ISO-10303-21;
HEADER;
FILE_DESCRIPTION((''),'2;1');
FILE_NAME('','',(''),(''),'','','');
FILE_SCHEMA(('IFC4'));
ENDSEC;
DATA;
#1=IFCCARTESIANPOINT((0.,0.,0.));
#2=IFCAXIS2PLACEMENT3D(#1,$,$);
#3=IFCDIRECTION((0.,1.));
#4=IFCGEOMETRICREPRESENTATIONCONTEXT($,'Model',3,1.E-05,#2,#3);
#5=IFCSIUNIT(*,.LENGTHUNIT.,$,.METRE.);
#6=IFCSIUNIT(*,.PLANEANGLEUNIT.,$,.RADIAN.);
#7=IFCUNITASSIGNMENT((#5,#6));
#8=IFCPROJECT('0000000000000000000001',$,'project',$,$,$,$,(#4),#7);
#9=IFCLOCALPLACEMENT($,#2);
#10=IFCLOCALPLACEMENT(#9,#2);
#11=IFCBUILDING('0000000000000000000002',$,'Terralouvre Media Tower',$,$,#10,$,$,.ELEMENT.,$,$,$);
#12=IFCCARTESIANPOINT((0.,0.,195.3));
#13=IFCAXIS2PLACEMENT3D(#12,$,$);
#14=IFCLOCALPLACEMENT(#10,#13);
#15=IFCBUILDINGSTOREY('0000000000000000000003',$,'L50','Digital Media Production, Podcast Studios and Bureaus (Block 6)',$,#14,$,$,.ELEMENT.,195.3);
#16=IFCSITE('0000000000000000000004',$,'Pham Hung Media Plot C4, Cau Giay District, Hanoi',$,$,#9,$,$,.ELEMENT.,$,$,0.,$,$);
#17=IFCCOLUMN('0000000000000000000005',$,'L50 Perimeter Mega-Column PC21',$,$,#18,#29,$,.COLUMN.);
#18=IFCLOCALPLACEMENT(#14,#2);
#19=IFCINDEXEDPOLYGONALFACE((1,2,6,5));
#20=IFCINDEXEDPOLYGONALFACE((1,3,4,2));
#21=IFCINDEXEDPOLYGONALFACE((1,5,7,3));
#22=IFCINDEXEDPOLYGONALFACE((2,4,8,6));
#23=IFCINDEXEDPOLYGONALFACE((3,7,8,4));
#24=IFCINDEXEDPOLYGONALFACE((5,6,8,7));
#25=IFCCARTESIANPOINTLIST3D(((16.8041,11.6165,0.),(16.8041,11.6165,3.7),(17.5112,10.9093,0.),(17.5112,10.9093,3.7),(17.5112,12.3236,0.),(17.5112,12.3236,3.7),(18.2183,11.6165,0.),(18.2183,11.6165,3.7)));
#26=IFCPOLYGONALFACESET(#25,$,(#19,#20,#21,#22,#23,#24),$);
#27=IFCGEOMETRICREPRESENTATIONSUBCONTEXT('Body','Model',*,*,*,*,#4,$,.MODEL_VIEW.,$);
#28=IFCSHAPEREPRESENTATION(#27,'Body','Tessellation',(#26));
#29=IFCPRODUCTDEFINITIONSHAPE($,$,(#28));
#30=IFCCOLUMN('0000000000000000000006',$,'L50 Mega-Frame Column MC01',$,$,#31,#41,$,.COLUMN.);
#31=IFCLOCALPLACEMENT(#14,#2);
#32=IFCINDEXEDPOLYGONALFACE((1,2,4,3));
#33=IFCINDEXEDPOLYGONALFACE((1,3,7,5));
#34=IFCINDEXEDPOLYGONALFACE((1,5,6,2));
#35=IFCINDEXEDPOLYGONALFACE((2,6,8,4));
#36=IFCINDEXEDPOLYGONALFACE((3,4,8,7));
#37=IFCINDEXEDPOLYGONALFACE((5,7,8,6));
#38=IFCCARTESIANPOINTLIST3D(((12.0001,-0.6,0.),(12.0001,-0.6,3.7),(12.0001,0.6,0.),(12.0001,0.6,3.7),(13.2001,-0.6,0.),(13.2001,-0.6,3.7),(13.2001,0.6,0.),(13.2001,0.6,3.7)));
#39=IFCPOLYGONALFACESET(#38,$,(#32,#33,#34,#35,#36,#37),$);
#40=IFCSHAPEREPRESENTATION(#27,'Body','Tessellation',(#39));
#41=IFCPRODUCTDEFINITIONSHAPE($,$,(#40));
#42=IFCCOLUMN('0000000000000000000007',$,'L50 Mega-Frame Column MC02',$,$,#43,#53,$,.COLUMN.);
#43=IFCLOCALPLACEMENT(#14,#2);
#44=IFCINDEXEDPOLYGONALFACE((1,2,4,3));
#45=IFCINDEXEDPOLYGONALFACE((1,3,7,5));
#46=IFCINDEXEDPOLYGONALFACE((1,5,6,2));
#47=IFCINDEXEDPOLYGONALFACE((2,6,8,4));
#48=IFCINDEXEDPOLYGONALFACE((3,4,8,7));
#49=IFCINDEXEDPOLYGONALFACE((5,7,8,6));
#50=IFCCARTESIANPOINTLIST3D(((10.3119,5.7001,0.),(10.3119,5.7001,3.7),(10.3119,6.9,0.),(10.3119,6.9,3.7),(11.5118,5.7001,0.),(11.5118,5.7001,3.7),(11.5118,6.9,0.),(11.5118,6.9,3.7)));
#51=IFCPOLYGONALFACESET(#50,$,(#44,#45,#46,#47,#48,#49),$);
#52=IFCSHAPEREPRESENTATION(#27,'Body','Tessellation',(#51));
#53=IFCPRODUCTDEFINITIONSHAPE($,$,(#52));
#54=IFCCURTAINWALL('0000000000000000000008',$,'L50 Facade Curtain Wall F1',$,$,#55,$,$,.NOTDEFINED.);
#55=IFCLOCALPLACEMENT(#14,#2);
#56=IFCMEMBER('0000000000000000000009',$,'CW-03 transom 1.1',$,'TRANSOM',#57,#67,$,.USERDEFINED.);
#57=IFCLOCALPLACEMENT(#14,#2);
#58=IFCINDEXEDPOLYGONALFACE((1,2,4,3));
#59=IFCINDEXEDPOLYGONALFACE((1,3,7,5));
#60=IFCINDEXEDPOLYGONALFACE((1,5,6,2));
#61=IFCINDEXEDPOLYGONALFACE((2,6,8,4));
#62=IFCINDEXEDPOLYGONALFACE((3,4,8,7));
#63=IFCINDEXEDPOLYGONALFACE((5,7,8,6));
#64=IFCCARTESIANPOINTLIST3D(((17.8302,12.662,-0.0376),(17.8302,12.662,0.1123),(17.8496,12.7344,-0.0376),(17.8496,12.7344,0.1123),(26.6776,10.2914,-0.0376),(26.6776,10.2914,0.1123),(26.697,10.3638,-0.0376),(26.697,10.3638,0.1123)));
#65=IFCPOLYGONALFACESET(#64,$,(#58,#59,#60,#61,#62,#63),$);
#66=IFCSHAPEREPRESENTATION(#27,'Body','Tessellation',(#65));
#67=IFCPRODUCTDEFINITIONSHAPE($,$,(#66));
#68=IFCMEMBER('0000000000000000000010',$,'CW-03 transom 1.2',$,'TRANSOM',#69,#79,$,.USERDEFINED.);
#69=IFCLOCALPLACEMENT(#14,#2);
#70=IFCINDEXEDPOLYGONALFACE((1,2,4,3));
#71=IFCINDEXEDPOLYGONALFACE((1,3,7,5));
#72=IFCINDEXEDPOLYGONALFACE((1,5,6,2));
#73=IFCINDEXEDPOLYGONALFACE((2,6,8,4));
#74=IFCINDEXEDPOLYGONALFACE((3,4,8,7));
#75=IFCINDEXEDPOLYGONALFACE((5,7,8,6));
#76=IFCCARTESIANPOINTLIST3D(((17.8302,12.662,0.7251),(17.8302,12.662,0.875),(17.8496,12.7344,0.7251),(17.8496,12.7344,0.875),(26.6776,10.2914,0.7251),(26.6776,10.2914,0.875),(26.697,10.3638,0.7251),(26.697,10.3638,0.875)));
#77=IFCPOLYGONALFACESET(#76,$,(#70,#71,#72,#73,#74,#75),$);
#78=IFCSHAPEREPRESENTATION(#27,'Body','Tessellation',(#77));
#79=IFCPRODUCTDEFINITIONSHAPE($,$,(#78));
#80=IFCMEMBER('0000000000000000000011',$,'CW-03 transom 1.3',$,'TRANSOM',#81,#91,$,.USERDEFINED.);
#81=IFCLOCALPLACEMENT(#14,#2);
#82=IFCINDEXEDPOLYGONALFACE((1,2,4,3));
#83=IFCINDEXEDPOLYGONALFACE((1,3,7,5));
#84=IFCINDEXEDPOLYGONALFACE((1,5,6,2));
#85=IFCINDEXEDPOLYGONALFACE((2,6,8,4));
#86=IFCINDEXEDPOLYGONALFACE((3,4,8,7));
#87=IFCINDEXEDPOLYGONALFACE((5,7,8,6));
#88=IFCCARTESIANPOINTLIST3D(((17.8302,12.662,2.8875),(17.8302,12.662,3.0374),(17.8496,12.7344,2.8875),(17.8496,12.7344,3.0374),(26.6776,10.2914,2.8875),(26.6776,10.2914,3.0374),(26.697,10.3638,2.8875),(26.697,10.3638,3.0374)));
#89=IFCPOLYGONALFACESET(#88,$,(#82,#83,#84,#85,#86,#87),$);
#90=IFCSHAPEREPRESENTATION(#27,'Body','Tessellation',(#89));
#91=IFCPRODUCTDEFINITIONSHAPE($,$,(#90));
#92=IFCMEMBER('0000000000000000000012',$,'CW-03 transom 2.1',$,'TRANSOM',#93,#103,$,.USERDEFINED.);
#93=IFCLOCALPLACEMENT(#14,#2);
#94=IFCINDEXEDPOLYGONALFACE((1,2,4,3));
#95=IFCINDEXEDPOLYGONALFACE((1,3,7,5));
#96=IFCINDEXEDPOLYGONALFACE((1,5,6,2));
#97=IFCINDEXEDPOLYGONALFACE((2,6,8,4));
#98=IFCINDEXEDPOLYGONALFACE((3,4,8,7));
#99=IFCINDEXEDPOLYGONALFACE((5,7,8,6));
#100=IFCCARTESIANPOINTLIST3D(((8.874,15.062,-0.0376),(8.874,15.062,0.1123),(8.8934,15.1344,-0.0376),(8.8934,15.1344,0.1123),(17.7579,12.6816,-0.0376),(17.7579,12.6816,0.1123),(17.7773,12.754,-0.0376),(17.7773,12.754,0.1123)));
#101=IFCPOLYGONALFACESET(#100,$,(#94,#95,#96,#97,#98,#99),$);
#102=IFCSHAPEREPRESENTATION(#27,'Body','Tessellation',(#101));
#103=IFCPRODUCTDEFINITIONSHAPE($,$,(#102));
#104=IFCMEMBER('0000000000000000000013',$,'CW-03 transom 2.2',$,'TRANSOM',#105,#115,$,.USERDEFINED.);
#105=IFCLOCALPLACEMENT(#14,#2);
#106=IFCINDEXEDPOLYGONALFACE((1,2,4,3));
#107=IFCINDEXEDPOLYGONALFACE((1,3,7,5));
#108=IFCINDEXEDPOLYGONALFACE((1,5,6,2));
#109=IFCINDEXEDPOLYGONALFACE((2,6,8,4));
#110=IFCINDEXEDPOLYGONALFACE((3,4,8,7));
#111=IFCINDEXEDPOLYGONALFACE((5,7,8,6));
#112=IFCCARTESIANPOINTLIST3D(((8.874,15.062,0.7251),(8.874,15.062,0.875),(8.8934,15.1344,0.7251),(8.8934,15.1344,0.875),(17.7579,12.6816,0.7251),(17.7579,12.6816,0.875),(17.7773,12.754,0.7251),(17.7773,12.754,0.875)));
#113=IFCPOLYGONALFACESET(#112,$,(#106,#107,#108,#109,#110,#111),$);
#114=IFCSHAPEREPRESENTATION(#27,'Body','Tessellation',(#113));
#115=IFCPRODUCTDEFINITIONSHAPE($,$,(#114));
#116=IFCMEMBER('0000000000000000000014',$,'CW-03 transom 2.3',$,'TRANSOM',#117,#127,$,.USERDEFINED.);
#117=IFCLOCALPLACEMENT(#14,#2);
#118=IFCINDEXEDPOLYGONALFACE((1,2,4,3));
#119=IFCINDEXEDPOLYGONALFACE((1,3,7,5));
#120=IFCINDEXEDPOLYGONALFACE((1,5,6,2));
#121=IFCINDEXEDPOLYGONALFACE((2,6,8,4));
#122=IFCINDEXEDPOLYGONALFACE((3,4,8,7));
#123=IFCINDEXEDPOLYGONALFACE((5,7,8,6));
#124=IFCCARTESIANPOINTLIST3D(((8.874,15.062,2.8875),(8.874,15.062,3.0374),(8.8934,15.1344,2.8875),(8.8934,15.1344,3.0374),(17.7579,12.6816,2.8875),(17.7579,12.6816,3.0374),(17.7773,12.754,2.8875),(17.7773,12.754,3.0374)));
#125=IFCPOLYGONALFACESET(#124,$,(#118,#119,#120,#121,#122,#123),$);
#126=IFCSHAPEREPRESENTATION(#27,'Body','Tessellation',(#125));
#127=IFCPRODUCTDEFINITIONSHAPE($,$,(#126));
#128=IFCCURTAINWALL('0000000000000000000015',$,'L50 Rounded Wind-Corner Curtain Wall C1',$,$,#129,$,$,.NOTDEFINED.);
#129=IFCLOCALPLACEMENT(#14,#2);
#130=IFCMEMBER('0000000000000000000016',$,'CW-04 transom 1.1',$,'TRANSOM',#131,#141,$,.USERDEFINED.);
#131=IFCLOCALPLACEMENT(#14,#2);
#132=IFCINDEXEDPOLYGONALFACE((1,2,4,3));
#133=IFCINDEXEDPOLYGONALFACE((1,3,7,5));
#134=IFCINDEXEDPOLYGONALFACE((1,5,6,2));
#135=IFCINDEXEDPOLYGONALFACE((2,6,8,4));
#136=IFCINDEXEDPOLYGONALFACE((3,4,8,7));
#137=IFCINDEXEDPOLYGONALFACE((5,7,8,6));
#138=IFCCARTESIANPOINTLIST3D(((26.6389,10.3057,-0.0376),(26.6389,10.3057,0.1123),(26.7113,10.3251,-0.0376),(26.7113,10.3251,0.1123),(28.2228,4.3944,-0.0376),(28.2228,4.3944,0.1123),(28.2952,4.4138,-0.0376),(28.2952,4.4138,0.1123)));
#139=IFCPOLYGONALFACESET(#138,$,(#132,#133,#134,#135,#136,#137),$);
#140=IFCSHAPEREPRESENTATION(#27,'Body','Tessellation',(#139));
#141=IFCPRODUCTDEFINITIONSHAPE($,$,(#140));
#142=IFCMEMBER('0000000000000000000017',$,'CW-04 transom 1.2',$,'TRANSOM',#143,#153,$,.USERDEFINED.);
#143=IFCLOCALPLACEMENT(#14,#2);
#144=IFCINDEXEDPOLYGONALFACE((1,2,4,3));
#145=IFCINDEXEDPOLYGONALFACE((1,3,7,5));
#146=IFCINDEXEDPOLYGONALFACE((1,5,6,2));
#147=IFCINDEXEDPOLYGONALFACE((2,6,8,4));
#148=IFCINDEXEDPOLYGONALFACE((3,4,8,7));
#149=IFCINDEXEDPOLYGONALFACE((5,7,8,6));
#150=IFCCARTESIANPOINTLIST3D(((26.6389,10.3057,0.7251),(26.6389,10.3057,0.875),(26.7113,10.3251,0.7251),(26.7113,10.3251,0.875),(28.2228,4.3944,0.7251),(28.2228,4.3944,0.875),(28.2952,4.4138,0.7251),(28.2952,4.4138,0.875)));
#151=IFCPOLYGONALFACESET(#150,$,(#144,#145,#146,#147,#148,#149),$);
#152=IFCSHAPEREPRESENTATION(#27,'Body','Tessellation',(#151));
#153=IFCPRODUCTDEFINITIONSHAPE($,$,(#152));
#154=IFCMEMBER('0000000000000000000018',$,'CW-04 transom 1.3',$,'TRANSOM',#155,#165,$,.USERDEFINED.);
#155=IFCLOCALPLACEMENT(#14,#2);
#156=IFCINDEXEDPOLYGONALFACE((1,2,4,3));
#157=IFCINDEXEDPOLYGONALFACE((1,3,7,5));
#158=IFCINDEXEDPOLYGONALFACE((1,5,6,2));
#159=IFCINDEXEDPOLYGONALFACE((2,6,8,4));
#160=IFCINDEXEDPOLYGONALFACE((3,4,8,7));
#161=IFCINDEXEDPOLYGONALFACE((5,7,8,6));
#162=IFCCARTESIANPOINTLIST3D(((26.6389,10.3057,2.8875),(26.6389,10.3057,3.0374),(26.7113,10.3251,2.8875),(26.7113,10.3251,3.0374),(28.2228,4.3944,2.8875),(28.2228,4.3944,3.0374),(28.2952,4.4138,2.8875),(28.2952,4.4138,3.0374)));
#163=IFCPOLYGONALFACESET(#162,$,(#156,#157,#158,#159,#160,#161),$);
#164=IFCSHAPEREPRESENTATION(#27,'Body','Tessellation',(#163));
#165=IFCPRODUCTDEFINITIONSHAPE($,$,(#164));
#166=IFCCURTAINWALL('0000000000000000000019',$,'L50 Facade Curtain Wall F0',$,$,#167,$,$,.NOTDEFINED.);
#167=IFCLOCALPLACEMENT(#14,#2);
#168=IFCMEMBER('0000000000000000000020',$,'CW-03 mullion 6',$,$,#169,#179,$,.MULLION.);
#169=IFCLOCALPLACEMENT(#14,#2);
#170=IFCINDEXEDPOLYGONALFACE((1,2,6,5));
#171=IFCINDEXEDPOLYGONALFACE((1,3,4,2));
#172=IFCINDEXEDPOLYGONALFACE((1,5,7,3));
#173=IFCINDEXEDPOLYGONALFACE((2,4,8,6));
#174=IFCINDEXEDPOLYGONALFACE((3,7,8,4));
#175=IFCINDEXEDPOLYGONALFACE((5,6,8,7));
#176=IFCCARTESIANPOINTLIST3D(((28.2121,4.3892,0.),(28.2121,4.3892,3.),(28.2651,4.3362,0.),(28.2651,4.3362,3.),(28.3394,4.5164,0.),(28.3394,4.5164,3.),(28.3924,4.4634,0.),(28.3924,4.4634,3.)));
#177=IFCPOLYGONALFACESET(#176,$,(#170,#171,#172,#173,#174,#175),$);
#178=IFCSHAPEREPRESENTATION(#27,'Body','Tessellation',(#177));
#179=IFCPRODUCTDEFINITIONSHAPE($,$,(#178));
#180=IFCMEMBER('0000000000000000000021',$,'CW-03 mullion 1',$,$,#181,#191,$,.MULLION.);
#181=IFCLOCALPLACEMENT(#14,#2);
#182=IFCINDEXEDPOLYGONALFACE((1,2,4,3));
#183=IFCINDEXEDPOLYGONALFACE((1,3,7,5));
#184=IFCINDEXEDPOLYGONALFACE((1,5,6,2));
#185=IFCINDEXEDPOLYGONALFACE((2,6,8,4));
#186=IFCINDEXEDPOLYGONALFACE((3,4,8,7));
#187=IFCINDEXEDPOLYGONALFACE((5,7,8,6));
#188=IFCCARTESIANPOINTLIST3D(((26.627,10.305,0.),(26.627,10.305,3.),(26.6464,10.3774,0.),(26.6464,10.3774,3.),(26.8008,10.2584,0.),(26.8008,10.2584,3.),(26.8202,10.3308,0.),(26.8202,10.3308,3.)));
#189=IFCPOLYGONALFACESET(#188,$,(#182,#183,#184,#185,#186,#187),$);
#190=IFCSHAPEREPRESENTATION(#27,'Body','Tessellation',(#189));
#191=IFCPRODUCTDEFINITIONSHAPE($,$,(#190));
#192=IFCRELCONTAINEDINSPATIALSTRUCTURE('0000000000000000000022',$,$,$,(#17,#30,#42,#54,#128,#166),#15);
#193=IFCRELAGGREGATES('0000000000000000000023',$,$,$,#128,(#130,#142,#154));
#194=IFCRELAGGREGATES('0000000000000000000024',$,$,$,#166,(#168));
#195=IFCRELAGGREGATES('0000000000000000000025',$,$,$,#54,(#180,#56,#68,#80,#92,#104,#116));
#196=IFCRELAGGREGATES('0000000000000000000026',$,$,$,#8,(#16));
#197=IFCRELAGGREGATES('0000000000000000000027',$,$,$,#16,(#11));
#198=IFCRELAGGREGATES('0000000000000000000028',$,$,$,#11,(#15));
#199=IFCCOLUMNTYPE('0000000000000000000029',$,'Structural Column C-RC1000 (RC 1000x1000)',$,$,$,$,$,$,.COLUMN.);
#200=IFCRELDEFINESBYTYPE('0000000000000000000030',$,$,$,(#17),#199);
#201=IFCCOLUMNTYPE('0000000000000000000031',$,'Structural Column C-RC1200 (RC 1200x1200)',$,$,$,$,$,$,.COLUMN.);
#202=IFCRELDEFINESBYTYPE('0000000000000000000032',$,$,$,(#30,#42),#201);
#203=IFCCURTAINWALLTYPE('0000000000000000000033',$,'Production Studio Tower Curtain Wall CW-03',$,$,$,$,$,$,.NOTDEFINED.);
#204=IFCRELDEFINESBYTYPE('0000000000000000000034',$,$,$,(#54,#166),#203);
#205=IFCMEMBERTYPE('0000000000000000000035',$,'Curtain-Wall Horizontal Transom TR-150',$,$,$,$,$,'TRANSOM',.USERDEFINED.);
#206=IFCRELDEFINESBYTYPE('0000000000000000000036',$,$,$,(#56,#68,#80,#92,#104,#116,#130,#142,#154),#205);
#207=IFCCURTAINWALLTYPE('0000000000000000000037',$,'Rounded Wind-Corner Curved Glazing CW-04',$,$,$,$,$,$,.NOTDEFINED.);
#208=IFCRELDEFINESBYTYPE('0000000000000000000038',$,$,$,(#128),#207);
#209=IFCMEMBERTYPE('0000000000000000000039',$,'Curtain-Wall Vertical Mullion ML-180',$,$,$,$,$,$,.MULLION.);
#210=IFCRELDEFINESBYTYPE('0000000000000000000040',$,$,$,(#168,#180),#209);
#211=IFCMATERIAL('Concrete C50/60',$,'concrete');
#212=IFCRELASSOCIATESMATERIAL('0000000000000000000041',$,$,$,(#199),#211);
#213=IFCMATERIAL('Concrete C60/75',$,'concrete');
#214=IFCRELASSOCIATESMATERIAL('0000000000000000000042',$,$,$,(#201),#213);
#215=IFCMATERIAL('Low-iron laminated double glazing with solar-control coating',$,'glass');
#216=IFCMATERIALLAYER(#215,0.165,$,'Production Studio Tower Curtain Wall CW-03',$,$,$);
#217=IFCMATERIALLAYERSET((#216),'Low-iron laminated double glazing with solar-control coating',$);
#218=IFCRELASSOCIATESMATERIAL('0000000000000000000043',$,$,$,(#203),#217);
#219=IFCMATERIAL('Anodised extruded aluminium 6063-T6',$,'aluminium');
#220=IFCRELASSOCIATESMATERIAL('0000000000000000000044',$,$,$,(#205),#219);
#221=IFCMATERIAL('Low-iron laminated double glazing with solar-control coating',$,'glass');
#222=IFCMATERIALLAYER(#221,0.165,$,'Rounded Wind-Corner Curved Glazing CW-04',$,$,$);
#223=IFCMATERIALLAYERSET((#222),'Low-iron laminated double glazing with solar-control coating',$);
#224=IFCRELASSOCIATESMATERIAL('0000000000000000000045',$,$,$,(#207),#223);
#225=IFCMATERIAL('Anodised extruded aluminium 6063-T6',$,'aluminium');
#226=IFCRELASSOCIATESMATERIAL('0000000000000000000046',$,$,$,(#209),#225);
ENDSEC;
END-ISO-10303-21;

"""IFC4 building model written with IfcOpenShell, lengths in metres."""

from ifc_helpers import new_model, si_unit, direction, frame, origin, origin_2d, place, context, subcontext, project, spatial, rectangle, extrude, material, layer, layer_set, material_profile, profile_set, type_object, element, aggregate, save


model = new_model("IFC4")

# Units and contexts
model_context = context("Model", 3, precision=1e-05, world=origin(), true_north=direction((0.0, 1.0)))
body_context = subcontext(model_context, "Body", "Model", "MODEL_VIEW")
ifc_project = project(units=[si_unit("LENGTHUNIT", "METRE"), si_unit("PLANEANGLEUNIT", "RADIAN")], contexts=[model_context])

# Site, building, storey
site_placement = place(None, origin())
site = spatial("IfcSite", under=ifc_project, at=site_placement, Name="Pham Hung Media Plot C4, Cau Giay District, Hanoi", CompositionType="ELEMENT", RefElevation=0.0)
building_placement = place(site_placement, origin())
building = spatial("IfcBuilding", under=site, at=building_placement, Name="Terralouvre Media Tower", CompositionType="ELEMENT")
storey_placement = place(building_placement, frame((0.0, 0.0, 195.3)))
storey = spatial("IfcBuildingStorey", under=building, at=storey_placement, Name="L50", Description="Digital Media Production, Podcast Studios and Bureaus (Block 6)", CompositionType="ELEMENT", Elevation=195.3)

# Columns
ifc_material_1 = material(Name="Concrete C50/60", Category="concrete")
ifc_material_profile_1 = material_profile(ifc_material_1, rectangle(XDim=1.0, YDim=1.0, at=origin_2d()), Name="RC 1000x1000")
ifc_profile_set_1 = profile_set([ifc_material_profile_1], Name="Concrete C50/60")
column_type_1 = type_object("IfcColumnType", Name="Structural Column C-RC1000 (RC 1000x1000)", PredefinedType="COLUMN", material=ifc_profile_set_1)
column_placement = place(storey_placement, frame((17.5112, 11.6165, 0.0), z_axis=(0.0, 0.0, 1.0), x_axis=(0.707107, 0.707107, 0.0)))
element("IfcColumn", 1, at=column_placement, inside=storey, type_object=column_type_1, Name="L50 Perimeter Mega-Column PC21", PredefinedType="COLUMN", context=body_context, shape_type="SweptSolid", body=[
    extrude(rectangle(XDim=1.0, YDim=1.0, at=origin_2d()), origin(), (0.0, 0.0, 1.0), 3.7),
])
ifc_material_2 = material(Name="Concrete C60/75", Category="concrete")
ifc_material_profile_2 = material_profile(ifc_material_2, rectangle(XDim=1.2, YDim=1.2, at=origin_2d()), Name="RC 1200x1200")
ifc_profile_set_2 = profile_set([ifc_material_profile_2], Name="Concrete C60/75")
column_type_2 = type_object("IfcColumnType", Name="Structural Column C-RC1200 (RC 1200x1200)", PredefinedType="COLUMN", material=ifc_profile_set_2)
for number, where, z_axis, x_axis, name in (
    (2, (12.6001, 0.0, 0.0), (0.0, 0.0, 1.0), (1.0, 0.0, 0.0), "L50 Mega-Frame Column MC01"),
    (3, (10.9119, 6.3, 0.0), (0.0, 0.0, 1.0), (1.0, 0.0, 0.0), "L50 Mega-Frame Column MC02"),
):
    element("IfcColumn", number, at=place(storey_placement, frame(where, z_axis=z_axis, x_axis=x_axis)), inside=storey, type_object=column_type_2, Name=name, PredefinedType="COLUMN", context=body_context, shape_type="SweptSolid", body=[
        extrude(rectangle(XDim=1.2, YDim=1.2, at=origin_2d()), origin(), (0.0, 0.0, 1.0), 3.7),
    ])

# Curtain walls, members
ifc_material_3 = material(Name="Low-iron laminated double glazing with solar-control coating", Category="glass")
ifc_layer_1 = layer(ifc_material_3, 0.165, Name="Production Studio Tower Curtain Wall CW-03")
ifc_layer_set_1 = layer_set([ifc_layer_1], Name="Low-iron laminated double glazing with solar-control coating")
curtain_wall_type_1 = type_object("IfcCurtainWallType", Name="Production Studio Tower Curtain Wall CW-03", PredefinedType="NOTDEFINED", material=ifc_layer_set_1)
curtain_wall_1_placement = place(storey_placement, origin())
curtain_wall_1 = element("IfcCurtainWall", 4, at=curtain_wall_1_placement, inside=storey, type_object=curtain_wall_type_1, Name="L50 Facade Curtain Wall F1", PredefinedType="NOTDEFINED")
ifc_material_4 = material(Name="Anodised extruded aluminium 6063-T6", Category="aluminium")
ifc_material_profile_3 = material_profile(ifc_material_4, rectangle(XDim=0.075, YDim=0.1499, at=origin_2d()), Name="ALU 75x150")
ifc_profile_set_3 = profile_set([ifc_material_profile_3], Name="Anodised extruded aluminium 6063-T6")
member_type_1 = type_object("IfcMemberType", Name="Curtain-Wall Horizontal Transom TR-150", ElementType="TRANSOM", PredefinedType="USERDEFINED", material=ifc_profile_set_3)
member_1_placement = place(storey_placement, frame((26.6873, 10.3276, 0.0374), z_axis=(-0.965927, 0.258814, 0.0), x_axis=(-0.258814, -0.965927, 0.0)))
member_1 = element("IfcMember", 5, at=member_1_placement, type_object=member_type_1, Name="CW-03 transom 1.1", ObjectType="TRANSOM", PredefinedType="USERDEFINED", context=body_context, shape_type="SweptSolid", body=[
    extrude(rectangle(XDim=0.075, YDim=0.1499, at=origin_2d()), origin(), (0.0, 0.0, 1.0), 9.1594),
])
member_2_placement = place(storey_placement, frame((26.6873, 10.3276, 0.8), z_axis=(-0.965927, 0.258814, 0.0), x_axis=(-0.258814, -0.965927, 0.0)))
member_2 = element("IfcMember", 6, at=member_2_placement, type_object=member_type_1, Name="CW-03 transom 1.2", ObjectType="TRANSOM", PredefinedType="USERDEFINED", context=body_context, shape_type="SweptSolid", body=[
    extrude(rectangle(XDim=0.075, YDim=0.1499, at=origin_2d()), origin(), (0.0, 0.0, 1.0), 9.1594),
])
member_3_placement = place(storey_placement, frame((26.6873, 10.3276, 2.9624), z_axis=(-0.965927, 0.258814, 0.0), x_axis=(-0.258814, -0.965927, 0.0)))
member_3 = element("IfcMember", 7, at=member_3_placement, type_object=member_type_1, Name="CW-03 transom 1.3", ObjectType="TRANSOM", PredefinedType="USERDEFINED", context=body_context, shape_type="SweptSolid", body=[
    extrude(rectangle(XDim=0.075, YDim=0.1499, at=origin_2d()), origin(), (0.0, 0.0, 1.0), 9.1594),
])
member_4_placement = place(storey_placement, frame((17.7676, 12.7178, 0.0374), z_axis=(-0.965927, 0.258816, 0.0), x_axis=(-0.258816, -0.965927, 0.0)))
member_4 = element("IfcMember", 8, at=member_4_placement, type_object=member_type_1, Name="CW-03 transom 2.1", ObjectType="TRANSOM", PredefinedType="USERDEFINED", context=body_context, shape_type="SweptSolid", body=[
    extrude(rectangle(XDim=0.075, YDim=0.1499, at=origin_2d()), origin(), (0.0, 0.0, 1.0), 9.1973),
])
member_5_placement = place(storey_placement, frame((17.7676, 12.7178, 0.8), z_axis=(-0.965927, 0.258816, 0.0), x_axis=(-0.258816, -0.965927, 0.0)))
member_5 = element("IfcMember", 9, at=member_5_placement, type_object=member_type_1, Name="CW-03 transom 2.2", ObjectType="TRANSOM", PredefinedType="USERDEFINED", context=body_context, shape_type="SweptSolid", body=[
    extrude(rectangle(XDim=0.075, YDim=0.1499, at=origin_2d()), origin(), (0.0, 0.0, 1.0), 9.1973),
])
member_6_placement = place(storey_placement, frame((17.7676, 12.7178, 2.9624), z_axis=(-0.965927, 0.258816, 0.0), x_axis=(-0.258816, -0.965927, 0.0)))
member_6 = element("IfcMember", 10, at=member_6_placement, type_object=member_type_1, Name="CW-03 transom 2.3", ObjectType="TRANSOM", PredefinedType="USERDEFINED", context=body_context, shape_type="SweptSolid", body=[
    extrude(rectangle(XDim=0.075, YDim=0.1499, at=origin_2d()), origin(), (0.0, 0.0, 1.0), 9.1973),
])
ifc_material_5 = material(Name="Low-iron laminated double glazing with solar-control coating", Category="glass")
ifc_layer_2 = layer(ifc_material_5, 0.165, Name="Rounded Wind-Corner Curved Glazing CW-04")
ifc_layer_set_2 = layer_set([ifc_layer_2], Name="Low-iron laminated double glazing with solar-control coating")
curtain_wall_type_2 = type_object("IfcCurtainWallType", Name="Rounded Wind-Corner Curved Glazing CW-04", PredefinedType="NOTDEFINED", material=ifc_layer_set_2)
curtain_wall_2_placement = place(storey_placement, origin())
curtain_wall_2 = element("IfcCurtainWall", 11, at=curtain_wall_2_placement, inside=storey, type_object=curtain_wall_type_2, Name="L50 Rounded Wind-Corner Curtain Wall C1", PredefinedType="NOTDEFINED")
member_7_placement = place(storey_placement, frame((28.259, 4.4041, 0.0374), z_axis=(-0.258824, 0.965924, 0.0), x_axis=(-0.965924, -0.258824, 0.0)))
member_7 = element("IfcMember", 12, at=member_7_placement, type_object=member_type_1, Name="CW-04 transom 1.1", ObjectType="TRANSOM", PredefinedType="USERDEFINED", context=body_context, shape_type="SweptSolid", body=[
    extrude(rectangle(XDim=0.075, YDim=0.1499, at=origin_2d()), origin(), (0.0, 0.0, 1.0), 6.1199),
])
member_8_placement = place(storey_placement, frame((28.259, 4.4041, 0.8), z_axis=(-0.258824, 0.965924, 0.0), x_axis=(-0.965924, -0.258824, 0.0)))
member_8 = element("IfcMember", 13, at=member_8_placement, type_object=member_type_1, Name="CW-04 transom 1.2", ObjectType="TRANSOM", PredefinedType="USERDEFINED", context=body_context, shape_type="SweptSolid", body=[
    extrude(rectangle(XDim=0.075, YDim=0.1499, at=origin_2d()), origin(), (0.0, 0.0, 1.0), 6.1199),
])
member_9_placement = place(storey_placement, frame((28.259, 4.4041, 2.9624), z_axis=(-0.258824, 0.965924, 0.0), x_axis=(-0.965924, -0.258824, 0.0)))
member_9 = element("IfcMember", 14, at=member_9_placement, type_object=member_type_1, Name="CW-04 transom 1.3", ObjectType="TRANSOM", PredefinedType="USERDEFINED", context=body_context, shape_type="SweptSolid", body=[
    extrude(rectangle(XDim=0.075, YDim=0.1499, at=origin_2d()), origin(), (0.0, 0.0, 1.0), 6.1199),
])

# Curtain wall, member
curtain_wall_3_placement = place(storey_placement, origin())
curtain_wall_3 = element("IfcCurtainWall", 15, at=curtain_wall_3_placement, inside=storey, type_object=curtain_wall_type_1, Name="L50 Facade Curtain Wall F0", PredefinedType="NOTDEFINED")
ifc_material_6 = material(Name="Anodised extruded aluminium 6063-T6", Category="aluminium")
ifc_material_profile_4 = material_profile(ifc_material_6, rectangle(XDim=0.075, YDim=0.1799, at=origin_2d()), Name="ALU 75x180")
ifc_profile_set_4 = profile_set([ifc_material_profile_4], Name="Anodised extruded aluminium 6063-T6")
member_type_2 = type_object("IfcMemberType", Name="Curtain-Wall Vertical Mullion ML-180", PredefinedType="MULLION", material=ifc_profile_set_4)
member_10_placement = place(storey_placement, frame((28.3022, 4.4263, 0.0), z_axis=(0.0, 0.0, 1.0), x_axis=(-0.707107, 0.707107, 0.0)))
member_10 = element("IfcMember", 16, at=member_10_placement, type_object=member_type_2, Name="CW-03 mullion 6", PredefinedType="MULLION", context=body_context, shape_type="SweptSolid", body=[
    extrude(rectangle(XDim=0.075, YDim=0.1799, at=origin_2d()), origin(), (0.0, 0.0, 1.0), 3.0),
])

# Member
member_11_placement = place(storey_placement, frame((26.7236, 10.3179, 0.0), z_axis=(0.0, 0.0, 1.0), x_axis=(-0.258819, -0.965926, 0.0)))
member_11 = element("IfcMember", 17, at=member_11_placement, type_object=member_type_2, Name="CW-03 mullion 1", PredefinedType="MULLION", context=body_context, shape_type="SweptSolid", body=[
    extrude(rectangle(XDim=0.075, YDim=0.1799, at=origin_2d()), origin(), (0.0, 0.0, 1.0), 3.0),
])

aggregate(curtain_wall_2, [member_7, member_8, member_9])
aggregate(curtain_wall_3, [member_10])
aggregate(curtain_wall_1, [member_11, member_1, member_2, member_3, member_4, member_5, member_6])

save(model, "model.ifc")
